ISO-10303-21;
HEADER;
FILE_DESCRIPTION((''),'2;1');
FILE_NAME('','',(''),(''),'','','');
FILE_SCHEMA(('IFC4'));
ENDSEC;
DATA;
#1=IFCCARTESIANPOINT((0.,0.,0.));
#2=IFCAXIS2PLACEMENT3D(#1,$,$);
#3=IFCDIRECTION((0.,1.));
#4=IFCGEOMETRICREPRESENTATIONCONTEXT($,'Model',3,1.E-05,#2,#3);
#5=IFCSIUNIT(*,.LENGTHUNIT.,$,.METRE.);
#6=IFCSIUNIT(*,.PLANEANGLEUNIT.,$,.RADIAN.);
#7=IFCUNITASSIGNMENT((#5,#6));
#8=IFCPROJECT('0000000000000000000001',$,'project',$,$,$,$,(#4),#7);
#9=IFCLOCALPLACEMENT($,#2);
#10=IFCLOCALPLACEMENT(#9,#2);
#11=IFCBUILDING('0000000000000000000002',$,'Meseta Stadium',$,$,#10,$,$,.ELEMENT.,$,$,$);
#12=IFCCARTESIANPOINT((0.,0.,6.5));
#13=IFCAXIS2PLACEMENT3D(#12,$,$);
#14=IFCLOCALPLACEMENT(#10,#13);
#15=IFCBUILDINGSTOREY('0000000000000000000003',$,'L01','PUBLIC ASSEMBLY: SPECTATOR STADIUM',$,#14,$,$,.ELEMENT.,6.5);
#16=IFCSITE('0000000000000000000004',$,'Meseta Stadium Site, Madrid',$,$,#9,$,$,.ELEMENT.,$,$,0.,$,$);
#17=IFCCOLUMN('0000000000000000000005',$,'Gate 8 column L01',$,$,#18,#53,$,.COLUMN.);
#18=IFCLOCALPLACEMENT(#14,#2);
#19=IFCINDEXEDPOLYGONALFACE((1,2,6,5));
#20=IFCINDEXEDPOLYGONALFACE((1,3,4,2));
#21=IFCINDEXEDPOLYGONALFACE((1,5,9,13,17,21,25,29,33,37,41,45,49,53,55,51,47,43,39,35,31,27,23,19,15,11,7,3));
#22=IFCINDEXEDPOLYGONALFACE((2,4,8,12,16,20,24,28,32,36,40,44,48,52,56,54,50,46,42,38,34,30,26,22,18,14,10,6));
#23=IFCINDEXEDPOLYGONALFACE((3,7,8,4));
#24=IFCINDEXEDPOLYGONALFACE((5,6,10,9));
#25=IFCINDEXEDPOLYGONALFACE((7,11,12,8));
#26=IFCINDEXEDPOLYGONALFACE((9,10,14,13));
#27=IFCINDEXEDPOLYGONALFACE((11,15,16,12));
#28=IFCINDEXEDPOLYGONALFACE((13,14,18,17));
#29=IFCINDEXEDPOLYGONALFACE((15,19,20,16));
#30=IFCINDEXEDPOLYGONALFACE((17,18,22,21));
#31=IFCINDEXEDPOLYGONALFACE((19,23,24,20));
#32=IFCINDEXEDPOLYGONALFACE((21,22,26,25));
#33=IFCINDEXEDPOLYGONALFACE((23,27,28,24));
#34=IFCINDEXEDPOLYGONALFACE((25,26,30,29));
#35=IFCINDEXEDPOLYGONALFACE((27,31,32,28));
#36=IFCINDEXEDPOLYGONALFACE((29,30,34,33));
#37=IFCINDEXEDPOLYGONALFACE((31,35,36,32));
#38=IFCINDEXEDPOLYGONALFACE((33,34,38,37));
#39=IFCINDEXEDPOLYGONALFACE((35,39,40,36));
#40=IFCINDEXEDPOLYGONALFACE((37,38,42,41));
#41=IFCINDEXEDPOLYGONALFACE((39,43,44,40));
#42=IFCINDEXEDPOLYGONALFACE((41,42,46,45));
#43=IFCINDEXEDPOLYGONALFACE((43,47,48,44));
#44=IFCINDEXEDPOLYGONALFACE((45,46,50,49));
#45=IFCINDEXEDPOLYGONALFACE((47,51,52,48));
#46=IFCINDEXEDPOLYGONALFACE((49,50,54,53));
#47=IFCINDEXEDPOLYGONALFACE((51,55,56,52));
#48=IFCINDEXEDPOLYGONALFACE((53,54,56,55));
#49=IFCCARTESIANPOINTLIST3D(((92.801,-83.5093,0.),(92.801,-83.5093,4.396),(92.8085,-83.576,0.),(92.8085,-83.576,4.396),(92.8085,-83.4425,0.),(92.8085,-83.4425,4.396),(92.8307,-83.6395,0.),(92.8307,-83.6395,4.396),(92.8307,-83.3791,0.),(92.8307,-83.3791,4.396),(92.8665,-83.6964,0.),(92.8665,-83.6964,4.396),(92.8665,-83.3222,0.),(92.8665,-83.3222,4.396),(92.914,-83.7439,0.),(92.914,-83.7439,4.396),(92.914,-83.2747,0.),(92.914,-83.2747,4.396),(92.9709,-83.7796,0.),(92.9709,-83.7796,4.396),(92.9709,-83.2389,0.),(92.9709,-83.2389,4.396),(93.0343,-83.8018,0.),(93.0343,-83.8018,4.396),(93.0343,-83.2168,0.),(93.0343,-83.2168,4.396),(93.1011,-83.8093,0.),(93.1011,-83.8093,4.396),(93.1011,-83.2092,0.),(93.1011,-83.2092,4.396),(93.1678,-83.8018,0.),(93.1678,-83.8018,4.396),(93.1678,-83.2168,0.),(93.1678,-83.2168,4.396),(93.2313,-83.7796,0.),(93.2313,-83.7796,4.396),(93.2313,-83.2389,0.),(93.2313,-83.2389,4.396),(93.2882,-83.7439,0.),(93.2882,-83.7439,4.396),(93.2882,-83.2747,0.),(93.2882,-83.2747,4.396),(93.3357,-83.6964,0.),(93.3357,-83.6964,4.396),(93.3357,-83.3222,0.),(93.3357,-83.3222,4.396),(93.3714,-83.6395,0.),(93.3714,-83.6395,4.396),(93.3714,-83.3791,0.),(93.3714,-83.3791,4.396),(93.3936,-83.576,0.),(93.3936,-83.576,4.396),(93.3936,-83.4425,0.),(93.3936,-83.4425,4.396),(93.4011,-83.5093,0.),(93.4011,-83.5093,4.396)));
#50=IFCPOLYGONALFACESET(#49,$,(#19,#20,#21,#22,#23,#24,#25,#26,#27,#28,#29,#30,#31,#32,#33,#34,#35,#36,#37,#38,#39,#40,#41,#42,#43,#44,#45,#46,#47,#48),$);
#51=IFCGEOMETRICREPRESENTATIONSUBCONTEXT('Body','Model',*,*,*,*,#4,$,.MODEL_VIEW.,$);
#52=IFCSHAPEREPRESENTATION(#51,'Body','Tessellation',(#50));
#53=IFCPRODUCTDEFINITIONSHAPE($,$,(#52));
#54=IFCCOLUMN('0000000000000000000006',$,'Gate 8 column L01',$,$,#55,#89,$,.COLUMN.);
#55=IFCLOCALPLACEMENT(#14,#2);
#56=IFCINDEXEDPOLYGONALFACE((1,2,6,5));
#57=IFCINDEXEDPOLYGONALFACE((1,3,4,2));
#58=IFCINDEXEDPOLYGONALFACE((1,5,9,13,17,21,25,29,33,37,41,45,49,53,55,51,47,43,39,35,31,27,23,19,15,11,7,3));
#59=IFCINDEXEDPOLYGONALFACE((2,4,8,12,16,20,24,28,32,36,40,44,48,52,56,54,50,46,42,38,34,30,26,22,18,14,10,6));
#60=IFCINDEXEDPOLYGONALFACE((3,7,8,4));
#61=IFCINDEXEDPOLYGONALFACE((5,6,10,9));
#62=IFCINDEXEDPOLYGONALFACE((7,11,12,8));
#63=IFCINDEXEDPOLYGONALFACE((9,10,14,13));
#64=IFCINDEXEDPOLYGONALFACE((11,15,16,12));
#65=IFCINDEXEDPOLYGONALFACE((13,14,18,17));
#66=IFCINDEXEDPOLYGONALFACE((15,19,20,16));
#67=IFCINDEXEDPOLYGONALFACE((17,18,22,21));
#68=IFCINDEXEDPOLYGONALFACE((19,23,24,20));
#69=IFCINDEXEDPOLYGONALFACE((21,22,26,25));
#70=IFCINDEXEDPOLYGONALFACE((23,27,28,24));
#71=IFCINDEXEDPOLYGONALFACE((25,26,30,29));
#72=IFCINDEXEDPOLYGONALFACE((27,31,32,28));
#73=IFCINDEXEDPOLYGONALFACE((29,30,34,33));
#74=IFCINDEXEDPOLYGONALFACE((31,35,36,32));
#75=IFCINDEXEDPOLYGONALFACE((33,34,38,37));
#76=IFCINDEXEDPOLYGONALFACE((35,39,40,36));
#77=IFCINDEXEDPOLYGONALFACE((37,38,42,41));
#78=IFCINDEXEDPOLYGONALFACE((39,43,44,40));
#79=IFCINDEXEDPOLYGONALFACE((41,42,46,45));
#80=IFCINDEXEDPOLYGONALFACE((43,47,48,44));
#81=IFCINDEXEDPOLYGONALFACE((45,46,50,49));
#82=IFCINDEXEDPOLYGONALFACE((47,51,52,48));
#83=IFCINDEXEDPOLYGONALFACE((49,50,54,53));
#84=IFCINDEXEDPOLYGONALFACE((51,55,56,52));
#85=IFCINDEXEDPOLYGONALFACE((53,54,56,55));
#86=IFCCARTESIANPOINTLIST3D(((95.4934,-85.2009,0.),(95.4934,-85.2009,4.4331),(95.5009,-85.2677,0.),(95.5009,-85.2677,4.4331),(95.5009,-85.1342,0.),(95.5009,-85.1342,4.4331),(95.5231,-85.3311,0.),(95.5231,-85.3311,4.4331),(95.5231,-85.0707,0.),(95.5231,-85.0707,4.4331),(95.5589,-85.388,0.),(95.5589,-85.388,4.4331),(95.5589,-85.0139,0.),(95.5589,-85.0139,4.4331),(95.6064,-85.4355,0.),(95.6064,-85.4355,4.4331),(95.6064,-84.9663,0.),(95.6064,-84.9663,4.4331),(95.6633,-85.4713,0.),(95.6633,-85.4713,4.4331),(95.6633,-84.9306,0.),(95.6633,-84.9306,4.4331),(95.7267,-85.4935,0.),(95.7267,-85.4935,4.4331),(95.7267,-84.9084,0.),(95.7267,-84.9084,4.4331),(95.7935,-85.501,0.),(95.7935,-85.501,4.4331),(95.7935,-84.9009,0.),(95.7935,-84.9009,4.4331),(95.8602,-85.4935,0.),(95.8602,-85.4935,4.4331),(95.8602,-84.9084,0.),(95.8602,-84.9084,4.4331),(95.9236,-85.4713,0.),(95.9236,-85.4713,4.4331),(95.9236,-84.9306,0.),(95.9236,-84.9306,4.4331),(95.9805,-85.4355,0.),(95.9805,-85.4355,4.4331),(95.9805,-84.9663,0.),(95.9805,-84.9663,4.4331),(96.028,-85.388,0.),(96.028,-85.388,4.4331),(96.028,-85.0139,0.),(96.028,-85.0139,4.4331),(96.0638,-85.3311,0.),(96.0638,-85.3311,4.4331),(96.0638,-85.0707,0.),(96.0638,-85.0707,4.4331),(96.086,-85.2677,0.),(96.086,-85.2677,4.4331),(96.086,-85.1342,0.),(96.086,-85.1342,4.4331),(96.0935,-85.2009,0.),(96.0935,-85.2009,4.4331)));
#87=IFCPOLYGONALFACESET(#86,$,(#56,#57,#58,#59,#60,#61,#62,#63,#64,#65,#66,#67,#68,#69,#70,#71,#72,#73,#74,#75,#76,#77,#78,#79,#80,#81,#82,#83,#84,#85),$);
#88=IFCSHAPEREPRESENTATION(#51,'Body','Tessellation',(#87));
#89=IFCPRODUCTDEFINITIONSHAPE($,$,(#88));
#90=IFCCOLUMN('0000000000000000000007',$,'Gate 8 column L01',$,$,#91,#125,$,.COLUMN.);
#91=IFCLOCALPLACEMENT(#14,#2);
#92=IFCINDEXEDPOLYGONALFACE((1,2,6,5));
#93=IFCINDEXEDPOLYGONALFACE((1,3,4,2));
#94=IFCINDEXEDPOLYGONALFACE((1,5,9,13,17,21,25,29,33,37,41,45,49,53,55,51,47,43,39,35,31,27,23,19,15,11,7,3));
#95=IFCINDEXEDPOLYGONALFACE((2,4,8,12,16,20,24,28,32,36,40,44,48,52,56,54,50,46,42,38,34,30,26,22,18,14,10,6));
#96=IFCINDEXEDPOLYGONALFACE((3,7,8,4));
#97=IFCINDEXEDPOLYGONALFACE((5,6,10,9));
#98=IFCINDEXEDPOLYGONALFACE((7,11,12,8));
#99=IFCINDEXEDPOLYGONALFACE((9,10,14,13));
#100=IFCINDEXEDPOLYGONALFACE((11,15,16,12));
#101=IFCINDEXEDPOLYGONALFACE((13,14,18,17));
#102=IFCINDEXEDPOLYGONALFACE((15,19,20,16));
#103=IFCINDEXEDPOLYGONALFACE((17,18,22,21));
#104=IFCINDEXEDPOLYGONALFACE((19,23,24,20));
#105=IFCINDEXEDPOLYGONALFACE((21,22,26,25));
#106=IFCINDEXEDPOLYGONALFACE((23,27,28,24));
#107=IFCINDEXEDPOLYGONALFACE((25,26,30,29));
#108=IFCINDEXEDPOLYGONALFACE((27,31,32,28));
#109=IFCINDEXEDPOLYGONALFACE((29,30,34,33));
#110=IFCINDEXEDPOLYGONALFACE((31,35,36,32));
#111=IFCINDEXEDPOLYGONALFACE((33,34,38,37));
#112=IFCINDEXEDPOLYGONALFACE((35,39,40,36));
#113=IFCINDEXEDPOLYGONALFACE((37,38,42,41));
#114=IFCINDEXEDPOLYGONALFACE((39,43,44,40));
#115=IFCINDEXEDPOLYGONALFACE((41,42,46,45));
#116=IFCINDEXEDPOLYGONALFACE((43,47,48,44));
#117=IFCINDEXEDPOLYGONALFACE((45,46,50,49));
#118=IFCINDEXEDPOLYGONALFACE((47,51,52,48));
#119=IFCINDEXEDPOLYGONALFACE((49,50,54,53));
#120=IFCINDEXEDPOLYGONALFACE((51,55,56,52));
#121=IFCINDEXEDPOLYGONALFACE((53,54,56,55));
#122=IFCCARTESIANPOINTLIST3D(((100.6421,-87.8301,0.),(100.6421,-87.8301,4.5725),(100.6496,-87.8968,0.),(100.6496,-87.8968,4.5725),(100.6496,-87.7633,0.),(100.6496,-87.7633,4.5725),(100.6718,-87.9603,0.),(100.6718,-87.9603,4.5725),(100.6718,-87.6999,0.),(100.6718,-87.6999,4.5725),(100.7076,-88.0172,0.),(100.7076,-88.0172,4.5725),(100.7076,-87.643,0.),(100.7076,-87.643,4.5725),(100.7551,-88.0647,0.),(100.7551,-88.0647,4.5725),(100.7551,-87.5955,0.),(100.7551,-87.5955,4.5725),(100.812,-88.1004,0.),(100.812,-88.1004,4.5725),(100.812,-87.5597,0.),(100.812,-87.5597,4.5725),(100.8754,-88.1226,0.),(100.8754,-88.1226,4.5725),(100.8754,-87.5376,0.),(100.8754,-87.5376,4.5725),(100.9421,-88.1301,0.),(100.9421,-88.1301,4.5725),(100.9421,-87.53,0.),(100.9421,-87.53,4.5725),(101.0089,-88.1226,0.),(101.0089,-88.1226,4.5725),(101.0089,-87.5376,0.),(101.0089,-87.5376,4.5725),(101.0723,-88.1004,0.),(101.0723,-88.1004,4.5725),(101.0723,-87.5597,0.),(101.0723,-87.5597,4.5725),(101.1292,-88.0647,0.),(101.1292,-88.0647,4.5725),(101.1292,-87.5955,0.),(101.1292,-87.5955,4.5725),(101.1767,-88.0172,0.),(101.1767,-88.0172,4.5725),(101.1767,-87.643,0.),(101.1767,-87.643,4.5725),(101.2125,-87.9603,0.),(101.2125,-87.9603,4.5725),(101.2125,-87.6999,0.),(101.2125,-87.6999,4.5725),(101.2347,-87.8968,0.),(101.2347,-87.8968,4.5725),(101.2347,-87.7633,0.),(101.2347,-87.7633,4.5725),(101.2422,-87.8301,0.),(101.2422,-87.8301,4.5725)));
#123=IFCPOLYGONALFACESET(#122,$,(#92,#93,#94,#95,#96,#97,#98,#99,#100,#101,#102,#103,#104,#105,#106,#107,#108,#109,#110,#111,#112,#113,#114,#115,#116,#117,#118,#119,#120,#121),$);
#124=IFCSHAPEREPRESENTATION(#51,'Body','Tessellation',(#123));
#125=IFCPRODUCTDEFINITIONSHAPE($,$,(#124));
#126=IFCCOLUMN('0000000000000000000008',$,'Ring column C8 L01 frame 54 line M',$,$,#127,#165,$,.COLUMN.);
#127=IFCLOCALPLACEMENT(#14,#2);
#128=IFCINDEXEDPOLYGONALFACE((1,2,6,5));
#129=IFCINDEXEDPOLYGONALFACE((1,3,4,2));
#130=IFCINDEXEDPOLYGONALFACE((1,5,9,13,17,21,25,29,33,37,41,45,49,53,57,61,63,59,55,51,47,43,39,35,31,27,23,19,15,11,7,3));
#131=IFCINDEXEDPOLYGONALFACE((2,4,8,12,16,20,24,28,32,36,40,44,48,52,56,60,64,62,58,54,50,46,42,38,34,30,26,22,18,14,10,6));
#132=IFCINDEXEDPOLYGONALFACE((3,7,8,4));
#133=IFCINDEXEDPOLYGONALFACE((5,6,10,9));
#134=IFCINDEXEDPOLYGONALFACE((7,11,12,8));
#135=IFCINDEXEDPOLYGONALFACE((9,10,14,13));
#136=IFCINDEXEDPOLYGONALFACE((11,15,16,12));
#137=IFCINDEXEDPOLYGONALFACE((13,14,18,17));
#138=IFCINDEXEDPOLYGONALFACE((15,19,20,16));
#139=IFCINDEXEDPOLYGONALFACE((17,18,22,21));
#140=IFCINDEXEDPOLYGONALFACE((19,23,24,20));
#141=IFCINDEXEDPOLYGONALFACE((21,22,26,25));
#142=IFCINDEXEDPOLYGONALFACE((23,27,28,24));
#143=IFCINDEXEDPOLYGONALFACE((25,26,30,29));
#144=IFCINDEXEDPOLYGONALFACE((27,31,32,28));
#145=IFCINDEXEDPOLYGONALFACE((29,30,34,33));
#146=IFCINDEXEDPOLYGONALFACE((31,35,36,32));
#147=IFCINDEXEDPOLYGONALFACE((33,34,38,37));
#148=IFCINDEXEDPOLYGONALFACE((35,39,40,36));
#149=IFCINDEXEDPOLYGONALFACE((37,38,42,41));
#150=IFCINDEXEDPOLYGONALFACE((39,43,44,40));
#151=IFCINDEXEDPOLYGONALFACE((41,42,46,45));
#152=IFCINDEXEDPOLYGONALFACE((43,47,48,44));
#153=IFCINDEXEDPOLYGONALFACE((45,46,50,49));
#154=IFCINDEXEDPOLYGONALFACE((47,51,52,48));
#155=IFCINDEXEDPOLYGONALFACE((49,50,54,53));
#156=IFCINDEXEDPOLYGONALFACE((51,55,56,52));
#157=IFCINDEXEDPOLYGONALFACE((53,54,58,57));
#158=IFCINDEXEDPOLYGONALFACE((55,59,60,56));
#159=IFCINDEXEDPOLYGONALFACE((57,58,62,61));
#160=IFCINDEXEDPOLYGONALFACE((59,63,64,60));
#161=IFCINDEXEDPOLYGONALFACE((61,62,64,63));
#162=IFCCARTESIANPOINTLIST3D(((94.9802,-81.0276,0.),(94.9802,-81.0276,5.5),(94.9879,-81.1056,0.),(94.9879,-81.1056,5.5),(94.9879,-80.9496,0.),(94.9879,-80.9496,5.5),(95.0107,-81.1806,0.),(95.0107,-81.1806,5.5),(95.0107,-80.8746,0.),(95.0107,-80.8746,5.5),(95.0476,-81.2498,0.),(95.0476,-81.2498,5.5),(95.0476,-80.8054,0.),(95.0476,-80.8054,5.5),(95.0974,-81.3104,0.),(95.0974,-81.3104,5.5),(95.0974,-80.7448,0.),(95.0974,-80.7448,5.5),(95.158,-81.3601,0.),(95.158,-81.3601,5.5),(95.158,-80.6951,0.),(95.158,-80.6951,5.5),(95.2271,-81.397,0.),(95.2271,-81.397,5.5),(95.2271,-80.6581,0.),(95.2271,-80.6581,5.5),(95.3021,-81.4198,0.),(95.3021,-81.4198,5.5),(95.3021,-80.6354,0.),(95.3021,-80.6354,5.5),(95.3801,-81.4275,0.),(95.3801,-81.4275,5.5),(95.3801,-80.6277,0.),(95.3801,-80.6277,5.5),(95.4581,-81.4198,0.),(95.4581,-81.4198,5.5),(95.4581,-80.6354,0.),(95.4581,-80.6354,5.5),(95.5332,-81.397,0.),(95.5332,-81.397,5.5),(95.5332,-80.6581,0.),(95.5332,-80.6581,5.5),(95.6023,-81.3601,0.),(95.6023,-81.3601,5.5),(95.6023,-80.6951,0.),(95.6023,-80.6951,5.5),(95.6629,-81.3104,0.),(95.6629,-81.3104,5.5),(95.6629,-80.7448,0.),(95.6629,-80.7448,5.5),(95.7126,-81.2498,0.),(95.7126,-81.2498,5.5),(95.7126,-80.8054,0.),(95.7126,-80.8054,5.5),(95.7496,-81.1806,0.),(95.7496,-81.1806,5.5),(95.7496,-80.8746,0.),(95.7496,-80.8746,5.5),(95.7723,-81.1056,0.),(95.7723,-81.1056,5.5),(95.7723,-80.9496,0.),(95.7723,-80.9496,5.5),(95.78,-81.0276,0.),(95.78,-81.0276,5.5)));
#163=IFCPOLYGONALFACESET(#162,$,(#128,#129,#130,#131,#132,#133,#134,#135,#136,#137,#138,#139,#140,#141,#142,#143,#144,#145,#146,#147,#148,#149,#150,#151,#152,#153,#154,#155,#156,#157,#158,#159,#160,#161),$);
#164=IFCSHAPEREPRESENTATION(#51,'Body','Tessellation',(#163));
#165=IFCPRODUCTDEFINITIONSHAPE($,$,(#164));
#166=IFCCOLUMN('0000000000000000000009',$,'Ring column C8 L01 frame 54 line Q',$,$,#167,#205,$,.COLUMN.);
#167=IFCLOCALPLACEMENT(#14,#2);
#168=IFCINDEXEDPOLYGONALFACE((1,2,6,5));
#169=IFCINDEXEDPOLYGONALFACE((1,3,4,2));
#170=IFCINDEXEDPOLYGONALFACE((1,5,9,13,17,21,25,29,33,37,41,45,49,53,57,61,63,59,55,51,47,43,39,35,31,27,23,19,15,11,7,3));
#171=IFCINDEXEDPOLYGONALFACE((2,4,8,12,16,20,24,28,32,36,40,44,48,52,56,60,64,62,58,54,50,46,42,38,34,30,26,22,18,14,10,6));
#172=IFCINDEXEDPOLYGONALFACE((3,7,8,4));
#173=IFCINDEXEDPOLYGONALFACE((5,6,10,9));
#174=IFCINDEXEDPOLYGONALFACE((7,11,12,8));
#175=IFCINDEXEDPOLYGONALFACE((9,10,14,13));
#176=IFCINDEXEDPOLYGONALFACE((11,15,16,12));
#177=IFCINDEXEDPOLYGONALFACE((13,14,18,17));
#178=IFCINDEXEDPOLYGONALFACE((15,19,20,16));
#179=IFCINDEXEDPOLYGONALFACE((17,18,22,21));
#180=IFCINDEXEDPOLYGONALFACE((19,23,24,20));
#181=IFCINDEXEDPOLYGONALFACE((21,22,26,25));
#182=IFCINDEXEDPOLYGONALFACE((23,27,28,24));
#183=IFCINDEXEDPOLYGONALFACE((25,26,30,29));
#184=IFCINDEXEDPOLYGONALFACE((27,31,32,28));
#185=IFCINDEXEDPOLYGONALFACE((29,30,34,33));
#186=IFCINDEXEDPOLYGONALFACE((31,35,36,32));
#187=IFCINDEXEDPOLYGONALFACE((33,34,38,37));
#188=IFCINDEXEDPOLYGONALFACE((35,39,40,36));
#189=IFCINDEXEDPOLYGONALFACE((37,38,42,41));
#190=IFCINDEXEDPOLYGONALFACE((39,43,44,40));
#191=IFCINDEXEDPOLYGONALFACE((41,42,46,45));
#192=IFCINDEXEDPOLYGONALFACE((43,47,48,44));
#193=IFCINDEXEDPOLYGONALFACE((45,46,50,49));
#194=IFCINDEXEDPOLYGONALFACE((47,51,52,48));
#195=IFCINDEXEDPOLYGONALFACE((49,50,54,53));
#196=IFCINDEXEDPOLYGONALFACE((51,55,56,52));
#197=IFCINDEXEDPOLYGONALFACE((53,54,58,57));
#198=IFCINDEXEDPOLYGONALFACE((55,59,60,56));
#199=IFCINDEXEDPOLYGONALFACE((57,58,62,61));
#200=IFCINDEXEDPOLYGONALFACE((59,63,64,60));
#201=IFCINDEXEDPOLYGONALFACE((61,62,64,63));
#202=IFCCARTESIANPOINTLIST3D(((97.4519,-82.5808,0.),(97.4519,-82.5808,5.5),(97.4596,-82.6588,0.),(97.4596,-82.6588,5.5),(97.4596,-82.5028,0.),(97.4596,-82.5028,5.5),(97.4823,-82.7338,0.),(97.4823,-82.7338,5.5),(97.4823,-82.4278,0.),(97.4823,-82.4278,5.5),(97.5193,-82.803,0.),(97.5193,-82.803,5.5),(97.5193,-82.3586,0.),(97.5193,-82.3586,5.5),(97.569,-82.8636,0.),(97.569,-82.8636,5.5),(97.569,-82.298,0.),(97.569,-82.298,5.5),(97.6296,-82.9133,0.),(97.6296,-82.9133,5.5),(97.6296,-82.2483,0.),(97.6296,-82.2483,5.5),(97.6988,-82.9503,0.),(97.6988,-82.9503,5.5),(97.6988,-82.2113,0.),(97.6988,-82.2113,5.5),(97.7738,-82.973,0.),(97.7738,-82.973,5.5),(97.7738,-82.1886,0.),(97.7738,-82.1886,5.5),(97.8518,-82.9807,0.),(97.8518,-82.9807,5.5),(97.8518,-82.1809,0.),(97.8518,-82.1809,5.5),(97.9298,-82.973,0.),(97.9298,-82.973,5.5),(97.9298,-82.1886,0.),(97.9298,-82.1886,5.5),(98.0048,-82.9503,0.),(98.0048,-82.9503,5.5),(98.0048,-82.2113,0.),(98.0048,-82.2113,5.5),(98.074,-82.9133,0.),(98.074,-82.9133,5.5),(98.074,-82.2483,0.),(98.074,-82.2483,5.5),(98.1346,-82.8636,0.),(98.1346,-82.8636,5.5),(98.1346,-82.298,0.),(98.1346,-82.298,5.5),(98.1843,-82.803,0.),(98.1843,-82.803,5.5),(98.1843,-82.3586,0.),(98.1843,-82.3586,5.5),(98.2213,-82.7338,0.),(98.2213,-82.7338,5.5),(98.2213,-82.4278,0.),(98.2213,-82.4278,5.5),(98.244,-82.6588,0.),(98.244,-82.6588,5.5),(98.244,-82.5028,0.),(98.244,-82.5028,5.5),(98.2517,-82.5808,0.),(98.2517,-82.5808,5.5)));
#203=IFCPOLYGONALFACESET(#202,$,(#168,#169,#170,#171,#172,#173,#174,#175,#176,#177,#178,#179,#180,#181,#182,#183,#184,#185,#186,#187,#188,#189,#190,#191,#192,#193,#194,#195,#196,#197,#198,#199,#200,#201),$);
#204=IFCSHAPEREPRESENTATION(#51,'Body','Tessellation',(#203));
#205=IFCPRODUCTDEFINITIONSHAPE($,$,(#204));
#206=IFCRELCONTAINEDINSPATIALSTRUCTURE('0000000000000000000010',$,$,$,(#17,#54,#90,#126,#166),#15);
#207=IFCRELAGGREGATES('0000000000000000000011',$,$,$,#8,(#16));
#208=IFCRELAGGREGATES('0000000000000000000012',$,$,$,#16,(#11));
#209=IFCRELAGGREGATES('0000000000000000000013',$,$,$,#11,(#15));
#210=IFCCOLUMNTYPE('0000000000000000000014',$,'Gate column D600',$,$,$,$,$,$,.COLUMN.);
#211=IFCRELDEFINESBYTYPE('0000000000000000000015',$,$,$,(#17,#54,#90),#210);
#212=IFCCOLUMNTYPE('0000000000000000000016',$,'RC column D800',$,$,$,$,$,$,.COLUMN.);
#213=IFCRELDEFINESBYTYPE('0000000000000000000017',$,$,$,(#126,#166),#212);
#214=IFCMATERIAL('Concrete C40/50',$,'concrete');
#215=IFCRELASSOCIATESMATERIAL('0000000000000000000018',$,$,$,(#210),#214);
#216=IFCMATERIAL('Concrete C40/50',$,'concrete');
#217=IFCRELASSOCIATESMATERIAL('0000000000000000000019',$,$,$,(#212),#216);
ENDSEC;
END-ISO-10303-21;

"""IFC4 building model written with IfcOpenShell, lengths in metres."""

from ifc_helpers import new_model, si_unit, direction, frame, origin, origin_2d, place, context, subcontext, project, spatial, circle, extrude, material, material_profile, profile_set, type_object, element, save


model = new_model("IFC4")

# Units and contexts
model_context = context("Model", 3, precision=1e-05, world=origin(), true_north=direction((0.0, 1.0)))
body_context = subcontext(model_context, "Body", "Model", "MODEL_VIEW")
ifc_project = project(units=[si_unit("LENGTHUNIT", "METRE"), si_unit("PLANEANGLEUNIT", "RADIAN")], contexts=[model_context])

# Site, building, storey
site_placement = place(None, origin())
site = spatial("IfcSite", under=ifc_project, at=site_placement, Name="Meseta Stadium Site, Madrid", CompositionType="ELEMENT", RefElevation=0.0)
building_placement = place(site_placement, origin())
building = spatial("IfcBuilding", under=site, at=building_placement, Name="Meseta Stadium", CompositionType="ELEMENT")
storey_placement = place(building_placement, frame((0.0, 0.0, 6.5)))
storey = spatial("IfcBuildingStorey", under=building, at=storey_placement, Name="L01", Description="PUBLIC ASSEMBLY: SPECTATOR STADIUM", CompositionType="ELEMENT", Elevation=6.5)

# Columns
ifc_material_1 = material(Name="Concrete C40/50", Category="concrete")
ifc_material_profile_1 = material_profile(ifc_material_1, circle(Radius=0.3, at=origin_2d()), Name="RC D600")
ifc_profile_set_1 = profile_set([ifc_material_profile_1], Name="Concrete C40/50")
column_type_1 = type_object("IfcColumnType", Name="Gate column D600", PredefinedType="COLUMN", material=ifc_profile_set_1)
column_1_placement = place(storey_placement, frame((93.1011, -83.5093, 0.0), z_axis=(0.0, 0.0, 1.0), x_axis=(1.0, 0.0, 0.0)))
element("IfcColumn", 1, at=column_1_placement, inside=storey, type_object=column_type_1, Name="Gate 8 column L01", PredefinedType="COLUMN", context=body_context, shape_type="SweptSolid", body=[
    extrude(circle(Radius=0.3, at=origin_2d()), origin(), (0.0, 0.0, 1.0), 4.396),
])
column_2_placement = place(storey_placement, frame((95.7935, -85.2009, 0.0), z_axis=(0.0, 0.0, 1.0), x_axis=(1.0, 0.0, 0.0)))
element("IfcColumn", 2, at=column_2_placement, inside=storey, type_object=column_type_1, Name="Gate 8 column L01", PredefinedType="COLUMN", context=body_context, shape_type="SweptSolid", body=[
    extrude(circle(Radius=0.3, at=origin_2d()), origin(), (0.0, 0.0, 1.0), 4.4331),
])
column_3_placement = place(storey_placement, frame((100.9421, -87.8301, 0.0), z_axis=(0.0, 0.0, 1.0), x_axis=(1.0, 0.0, 0.0)))
element("IfcColumn", 3, at=column_3_placement, inside=storey, type_object=column_type_1, Name="Gate 8 column L01", PredefinedType="COLUMN", context=body_context, shape_type="SweptSolid", body=[
    extrude(circle(Radius=0.3, at=origin_2d()), origin(), (0.0, 0.0, 1.0), 4.5725),
])
ifc_material_2 = material(Name="Concrete C40/50", Category="concrete")
ifc_material_profile_2 = material_profile(ifc_material_2, circle(Radius=0.3999, at=origin_2d()), Name="RC D800")
ifc_profile_set_2 = profile_set([ifc_material_profile_2], Name="Concrete C40/50")
column_type_2 = type_object("IfcColumnType", Name="RC column D800", PredefinedType="COLUMN", material=ifc_profile_set_2)
for number, where, z_axis, x_axis, name in (
    (4, (95.3801, -81.0276, 0.0), (0.0, 0.0, 1.0), (1.0, 0.0, 0.0), "Ring column C8 L01 frame 54 line M"),
    (5, (97.8518, -82.5808, 0.0), (0.0, 0.0, 1.0), (1.0, 0.0, 0.0), "Ring column C8 L01 frame 54 line Q"),
):
    element("IfcColumn", number, at=place(storey_placement, frame(where, z_axis=z_axis, x_axis=x_axis)), inside=storey, type_object=column_type_2, Name=name, PredefinedType="COLUMN", context=body_context, shape_type="SweptSolid", body=[
        extrude(circle(Radius=0.3999, at=origin_2d()), origin(), (0.0, 0.0, 1.0), 5.5),
    ])

save(model, "model.ifc")
